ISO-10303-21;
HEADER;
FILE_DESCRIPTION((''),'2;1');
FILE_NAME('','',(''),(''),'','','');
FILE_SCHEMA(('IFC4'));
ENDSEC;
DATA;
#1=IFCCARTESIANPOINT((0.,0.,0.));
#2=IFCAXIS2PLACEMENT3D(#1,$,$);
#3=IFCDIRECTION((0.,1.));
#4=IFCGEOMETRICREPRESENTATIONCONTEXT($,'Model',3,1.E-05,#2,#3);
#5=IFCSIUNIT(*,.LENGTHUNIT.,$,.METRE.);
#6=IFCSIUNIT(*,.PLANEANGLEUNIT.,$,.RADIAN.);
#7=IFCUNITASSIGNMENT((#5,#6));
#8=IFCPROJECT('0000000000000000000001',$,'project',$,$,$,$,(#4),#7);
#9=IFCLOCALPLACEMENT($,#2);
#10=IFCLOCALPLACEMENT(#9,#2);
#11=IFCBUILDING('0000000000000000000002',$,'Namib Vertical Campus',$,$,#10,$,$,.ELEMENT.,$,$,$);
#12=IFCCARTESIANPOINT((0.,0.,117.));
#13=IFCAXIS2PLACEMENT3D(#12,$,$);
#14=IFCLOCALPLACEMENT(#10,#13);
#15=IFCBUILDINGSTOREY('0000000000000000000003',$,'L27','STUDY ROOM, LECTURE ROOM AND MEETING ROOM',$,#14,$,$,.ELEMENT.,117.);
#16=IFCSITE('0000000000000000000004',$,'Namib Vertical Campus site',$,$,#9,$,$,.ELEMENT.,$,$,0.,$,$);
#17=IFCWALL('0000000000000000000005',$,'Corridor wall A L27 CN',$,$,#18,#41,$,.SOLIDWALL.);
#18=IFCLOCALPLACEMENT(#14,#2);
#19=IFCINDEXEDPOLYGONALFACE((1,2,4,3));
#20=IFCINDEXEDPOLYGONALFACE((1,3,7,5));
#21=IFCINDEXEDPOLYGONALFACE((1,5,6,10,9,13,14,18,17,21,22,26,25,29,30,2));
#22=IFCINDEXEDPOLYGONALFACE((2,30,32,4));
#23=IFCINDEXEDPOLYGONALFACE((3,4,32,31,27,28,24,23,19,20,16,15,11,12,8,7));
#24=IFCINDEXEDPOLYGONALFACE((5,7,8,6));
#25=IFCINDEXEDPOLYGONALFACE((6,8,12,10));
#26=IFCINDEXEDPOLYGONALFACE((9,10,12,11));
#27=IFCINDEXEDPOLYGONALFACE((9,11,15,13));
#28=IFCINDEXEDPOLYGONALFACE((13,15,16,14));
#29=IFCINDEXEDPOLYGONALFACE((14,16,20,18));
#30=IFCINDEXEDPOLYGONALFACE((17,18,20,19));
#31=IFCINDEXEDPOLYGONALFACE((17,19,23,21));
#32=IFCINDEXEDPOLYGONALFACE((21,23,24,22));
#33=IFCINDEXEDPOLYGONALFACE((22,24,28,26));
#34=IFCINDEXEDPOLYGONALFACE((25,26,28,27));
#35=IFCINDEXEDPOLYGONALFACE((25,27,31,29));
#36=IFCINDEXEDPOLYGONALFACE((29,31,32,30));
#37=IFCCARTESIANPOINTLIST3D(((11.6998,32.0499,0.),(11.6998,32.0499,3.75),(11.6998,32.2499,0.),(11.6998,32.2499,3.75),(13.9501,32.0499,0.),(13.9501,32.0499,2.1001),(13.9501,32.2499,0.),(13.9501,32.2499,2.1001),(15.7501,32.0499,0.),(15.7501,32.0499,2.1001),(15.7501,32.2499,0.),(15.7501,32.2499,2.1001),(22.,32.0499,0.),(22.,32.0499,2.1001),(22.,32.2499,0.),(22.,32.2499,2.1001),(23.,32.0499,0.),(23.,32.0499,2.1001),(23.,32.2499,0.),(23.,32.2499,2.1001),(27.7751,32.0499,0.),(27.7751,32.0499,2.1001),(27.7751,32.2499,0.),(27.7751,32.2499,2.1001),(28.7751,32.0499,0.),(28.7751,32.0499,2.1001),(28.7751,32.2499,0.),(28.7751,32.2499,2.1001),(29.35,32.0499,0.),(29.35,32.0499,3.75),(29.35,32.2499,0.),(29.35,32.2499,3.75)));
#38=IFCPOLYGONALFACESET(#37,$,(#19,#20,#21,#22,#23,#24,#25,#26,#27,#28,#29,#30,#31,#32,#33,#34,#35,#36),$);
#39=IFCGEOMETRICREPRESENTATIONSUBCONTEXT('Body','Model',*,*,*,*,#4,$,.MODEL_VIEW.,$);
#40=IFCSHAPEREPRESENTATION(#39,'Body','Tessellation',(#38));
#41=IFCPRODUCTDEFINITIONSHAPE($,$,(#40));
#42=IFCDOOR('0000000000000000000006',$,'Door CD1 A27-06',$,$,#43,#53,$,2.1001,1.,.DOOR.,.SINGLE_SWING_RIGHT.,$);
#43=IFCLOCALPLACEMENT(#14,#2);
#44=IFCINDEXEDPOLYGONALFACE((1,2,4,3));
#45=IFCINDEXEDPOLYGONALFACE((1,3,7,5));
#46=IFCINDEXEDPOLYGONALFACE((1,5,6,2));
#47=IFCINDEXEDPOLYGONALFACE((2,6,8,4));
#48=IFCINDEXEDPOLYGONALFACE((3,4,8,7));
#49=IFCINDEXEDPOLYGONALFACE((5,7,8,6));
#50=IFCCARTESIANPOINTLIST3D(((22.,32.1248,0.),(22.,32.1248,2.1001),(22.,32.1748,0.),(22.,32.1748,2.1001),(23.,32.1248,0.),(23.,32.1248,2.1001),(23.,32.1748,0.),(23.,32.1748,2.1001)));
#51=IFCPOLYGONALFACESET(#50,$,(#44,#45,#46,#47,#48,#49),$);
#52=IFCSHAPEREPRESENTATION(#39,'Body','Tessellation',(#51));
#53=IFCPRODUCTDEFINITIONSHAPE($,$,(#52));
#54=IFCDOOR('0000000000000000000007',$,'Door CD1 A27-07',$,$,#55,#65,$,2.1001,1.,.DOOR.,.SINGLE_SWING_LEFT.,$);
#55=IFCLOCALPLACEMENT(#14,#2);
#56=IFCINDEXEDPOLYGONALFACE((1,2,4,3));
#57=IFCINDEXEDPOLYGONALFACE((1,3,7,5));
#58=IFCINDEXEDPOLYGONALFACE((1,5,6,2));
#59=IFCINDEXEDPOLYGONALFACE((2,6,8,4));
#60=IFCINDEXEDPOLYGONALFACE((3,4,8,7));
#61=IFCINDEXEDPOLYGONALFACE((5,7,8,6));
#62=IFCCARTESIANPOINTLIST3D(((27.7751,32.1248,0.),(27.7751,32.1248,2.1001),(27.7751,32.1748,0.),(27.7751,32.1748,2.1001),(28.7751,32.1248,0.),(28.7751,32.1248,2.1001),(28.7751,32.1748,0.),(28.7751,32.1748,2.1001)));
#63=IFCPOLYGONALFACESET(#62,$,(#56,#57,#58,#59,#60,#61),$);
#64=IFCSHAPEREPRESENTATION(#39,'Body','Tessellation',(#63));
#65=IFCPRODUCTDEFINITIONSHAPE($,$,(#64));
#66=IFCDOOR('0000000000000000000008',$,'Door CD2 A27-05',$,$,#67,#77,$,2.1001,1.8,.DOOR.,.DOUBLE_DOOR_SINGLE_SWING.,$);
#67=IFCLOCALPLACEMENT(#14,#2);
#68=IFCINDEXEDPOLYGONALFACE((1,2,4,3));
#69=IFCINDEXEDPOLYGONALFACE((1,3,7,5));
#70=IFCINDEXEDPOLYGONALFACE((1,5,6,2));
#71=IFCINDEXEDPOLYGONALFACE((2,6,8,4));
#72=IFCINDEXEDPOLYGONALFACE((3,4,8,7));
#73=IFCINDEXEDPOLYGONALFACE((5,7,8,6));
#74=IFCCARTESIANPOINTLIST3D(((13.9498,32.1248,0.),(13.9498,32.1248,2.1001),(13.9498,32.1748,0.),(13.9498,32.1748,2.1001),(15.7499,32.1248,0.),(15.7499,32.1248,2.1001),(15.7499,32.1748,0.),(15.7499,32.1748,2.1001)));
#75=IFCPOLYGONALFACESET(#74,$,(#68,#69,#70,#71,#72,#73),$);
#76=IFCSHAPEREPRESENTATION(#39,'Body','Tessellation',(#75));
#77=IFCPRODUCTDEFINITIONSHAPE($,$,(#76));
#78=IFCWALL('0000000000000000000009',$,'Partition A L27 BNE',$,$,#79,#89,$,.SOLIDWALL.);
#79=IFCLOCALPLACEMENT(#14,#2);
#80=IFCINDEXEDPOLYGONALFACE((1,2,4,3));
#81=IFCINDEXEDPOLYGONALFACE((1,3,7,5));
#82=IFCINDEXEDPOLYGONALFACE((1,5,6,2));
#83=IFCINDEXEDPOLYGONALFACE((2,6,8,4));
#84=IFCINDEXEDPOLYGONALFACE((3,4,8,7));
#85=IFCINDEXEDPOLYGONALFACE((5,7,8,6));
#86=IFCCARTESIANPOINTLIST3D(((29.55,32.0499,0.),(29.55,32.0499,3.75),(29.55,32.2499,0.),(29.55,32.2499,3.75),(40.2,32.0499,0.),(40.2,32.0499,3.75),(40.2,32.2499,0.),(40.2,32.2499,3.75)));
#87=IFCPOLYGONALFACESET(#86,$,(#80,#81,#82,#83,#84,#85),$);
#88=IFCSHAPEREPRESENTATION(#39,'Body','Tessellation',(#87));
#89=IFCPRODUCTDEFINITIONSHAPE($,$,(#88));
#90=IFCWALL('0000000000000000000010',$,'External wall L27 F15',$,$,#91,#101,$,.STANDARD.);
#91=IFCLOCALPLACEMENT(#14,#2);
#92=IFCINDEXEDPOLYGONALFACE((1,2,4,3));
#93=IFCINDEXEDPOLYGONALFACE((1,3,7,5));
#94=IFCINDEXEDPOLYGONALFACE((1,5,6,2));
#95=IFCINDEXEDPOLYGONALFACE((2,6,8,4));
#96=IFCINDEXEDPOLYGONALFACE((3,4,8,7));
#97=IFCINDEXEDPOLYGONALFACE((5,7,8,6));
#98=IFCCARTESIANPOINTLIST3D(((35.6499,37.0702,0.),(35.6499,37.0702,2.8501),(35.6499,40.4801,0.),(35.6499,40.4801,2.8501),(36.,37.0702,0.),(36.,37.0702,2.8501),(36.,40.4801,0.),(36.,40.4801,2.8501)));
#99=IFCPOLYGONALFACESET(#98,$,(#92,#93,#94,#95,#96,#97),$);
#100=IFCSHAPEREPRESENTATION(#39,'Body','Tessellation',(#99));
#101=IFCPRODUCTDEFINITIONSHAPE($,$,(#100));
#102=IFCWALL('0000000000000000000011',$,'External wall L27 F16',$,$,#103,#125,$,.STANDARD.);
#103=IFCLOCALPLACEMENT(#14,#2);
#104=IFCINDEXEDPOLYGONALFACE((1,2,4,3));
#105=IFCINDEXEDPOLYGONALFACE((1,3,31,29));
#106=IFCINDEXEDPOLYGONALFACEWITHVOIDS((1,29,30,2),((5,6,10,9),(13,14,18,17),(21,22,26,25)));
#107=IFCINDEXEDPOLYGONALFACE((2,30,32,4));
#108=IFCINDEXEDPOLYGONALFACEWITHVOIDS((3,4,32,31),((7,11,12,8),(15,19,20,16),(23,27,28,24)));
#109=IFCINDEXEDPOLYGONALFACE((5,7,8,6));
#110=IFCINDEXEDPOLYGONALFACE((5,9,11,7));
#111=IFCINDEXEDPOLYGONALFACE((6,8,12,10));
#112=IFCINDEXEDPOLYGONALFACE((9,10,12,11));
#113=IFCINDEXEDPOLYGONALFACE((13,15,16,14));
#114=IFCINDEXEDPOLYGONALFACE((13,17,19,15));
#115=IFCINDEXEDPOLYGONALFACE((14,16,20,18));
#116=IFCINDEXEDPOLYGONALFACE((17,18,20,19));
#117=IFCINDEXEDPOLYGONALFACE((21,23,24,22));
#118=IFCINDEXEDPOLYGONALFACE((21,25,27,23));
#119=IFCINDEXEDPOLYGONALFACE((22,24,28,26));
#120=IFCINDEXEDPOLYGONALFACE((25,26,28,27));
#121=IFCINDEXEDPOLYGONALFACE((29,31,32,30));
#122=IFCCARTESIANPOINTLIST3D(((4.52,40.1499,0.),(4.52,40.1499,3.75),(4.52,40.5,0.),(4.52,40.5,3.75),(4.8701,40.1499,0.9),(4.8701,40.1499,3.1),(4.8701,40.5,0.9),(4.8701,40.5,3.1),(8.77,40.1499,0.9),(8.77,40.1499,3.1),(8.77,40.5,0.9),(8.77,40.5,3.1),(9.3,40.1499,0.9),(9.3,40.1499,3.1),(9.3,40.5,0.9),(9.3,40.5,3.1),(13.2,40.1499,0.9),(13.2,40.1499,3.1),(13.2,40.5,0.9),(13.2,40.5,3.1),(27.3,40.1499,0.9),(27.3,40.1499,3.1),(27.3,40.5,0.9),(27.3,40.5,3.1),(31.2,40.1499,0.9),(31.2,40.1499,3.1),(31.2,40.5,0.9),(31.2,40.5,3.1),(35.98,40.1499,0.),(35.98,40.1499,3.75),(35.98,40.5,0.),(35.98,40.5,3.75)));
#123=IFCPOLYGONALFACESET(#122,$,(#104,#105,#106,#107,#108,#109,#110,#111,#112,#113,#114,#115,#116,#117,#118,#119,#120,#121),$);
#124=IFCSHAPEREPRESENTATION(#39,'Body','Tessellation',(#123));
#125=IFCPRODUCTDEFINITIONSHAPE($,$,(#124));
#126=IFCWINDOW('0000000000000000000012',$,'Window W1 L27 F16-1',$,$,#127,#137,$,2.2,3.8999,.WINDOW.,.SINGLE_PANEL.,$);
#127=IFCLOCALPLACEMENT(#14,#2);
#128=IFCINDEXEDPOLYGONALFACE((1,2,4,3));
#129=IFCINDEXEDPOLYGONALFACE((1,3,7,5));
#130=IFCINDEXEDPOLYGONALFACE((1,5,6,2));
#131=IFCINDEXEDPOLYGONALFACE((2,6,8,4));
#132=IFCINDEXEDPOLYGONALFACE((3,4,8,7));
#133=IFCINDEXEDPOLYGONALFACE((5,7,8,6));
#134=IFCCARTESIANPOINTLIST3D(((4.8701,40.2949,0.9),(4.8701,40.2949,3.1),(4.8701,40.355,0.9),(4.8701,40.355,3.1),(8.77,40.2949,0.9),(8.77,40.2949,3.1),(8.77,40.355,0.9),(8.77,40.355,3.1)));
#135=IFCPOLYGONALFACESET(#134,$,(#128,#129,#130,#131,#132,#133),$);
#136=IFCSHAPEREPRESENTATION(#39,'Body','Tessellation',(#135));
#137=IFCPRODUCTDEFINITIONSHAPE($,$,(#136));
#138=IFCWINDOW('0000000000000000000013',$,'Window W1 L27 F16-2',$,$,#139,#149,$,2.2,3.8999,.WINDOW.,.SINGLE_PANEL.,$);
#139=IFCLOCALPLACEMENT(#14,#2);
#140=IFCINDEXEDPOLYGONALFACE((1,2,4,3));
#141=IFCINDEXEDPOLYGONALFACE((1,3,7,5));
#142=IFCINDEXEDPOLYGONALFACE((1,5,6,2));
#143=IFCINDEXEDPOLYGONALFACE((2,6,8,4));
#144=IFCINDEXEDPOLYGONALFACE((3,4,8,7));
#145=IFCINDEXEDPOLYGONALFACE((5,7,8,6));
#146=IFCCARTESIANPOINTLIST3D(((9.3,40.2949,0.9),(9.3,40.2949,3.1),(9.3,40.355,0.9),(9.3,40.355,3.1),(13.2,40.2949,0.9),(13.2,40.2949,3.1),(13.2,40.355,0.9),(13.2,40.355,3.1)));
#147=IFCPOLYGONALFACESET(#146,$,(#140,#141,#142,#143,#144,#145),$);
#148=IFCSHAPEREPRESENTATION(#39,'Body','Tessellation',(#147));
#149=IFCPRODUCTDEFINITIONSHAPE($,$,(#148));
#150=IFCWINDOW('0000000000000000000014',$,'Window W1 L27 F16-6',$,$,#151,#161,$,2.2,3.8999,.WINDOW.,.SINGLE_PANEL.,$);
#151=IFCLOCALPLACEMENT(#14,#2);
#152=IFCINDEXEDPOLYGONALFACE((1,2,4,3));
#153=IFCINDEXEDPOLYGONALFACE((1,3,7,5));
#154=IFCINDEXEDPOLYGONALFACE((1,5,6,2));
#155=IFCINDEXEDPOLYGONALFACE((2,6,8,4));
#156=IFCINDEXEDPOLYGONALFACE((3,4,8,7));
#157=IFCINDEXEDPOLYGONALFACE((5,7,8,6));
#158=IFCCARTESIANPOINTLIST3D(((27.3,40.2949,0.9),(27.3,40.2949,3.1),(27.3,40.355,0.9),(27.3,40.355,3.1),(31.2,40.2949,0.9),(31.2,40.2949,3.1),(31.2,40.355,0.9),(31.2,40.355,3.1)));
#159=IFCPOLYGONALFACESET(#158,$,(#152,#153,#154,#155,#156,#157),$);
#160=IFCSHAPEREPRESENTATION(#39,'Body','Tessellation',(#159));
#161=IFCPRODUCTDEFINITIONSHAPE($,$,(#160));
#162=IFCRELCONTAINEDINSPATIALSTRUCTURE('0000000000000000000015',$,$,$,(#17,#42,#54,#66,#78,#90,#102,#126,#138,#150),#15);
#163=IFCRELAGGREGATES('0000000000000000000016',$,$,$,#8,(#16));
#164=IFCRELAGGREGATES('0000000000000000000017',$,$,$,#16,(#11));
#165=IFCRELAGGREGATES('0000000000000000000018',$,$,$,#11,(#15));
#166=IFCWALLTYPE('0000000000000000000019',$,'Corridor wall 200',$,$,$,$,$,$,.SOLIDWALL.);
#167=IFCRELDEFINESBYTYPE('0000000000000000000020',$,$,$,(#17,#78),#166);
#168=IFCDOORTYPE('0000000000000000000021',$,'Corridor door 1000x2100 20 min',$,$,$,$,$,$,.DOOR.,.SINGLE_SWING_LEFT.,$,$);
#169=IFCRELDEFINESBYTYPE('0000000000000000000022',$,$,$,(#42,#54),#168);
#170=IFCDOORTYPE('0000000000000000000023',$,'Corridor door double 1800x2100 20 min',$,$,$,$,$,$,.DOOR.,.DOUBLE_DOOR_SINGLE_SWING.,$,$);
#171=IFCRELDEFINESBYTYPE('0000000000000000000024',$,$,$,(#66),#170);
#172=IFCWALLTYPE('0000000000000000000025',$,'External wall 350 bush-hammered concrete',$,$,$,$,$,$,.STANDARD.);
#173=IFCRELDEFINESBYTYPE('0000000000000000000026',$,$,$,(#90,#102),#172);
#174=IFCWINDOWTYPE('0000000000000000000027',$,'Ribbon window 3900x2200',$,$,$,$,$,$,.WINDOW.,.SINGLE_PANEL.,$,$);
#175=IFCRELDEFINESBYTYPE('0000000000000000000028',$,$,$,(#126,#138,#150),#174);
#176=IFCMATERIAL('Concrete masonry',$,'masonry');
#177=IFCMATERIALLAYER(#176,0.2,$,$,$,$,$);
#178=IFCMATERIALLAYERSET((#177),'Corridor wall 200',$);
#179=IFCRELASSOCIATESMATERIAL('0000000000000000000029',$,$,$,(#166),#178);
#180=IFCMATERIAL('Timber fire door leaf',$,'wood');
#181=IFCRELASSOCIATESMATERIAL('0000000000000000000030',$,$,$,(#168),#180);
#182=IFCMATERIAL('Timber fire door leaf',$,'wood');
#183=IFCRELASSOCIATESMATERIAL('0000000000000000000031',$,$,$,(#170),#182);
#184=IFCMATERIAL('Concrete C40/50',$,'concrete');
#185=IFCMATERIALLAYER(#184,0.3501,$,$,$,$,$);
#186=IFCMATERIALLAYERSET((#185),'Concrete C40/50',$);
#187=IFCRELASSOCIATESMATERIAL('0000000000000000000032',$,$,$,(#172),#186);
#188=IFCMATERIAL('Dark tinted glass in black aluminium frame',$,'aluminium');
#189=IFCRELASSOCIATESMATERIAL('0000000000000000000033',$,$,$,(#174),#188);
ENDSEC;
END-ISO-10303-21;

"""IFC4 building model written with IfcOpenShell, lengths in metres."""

from ifc_helpers import new_model, si_unit, direction, frame, frame_2d, origin, place, context, subcontext, project, spatial, rectangle, extrude, material, layer, layer_set, type_object, element, fill, save


model = new_model("IFC4")

# Units and contexts
model_context = context("Model", 3, precision=1e-05, world=origin(), true_north=direction((0.0, 1.0)))
body_context = subcontext(model_context, "Body", "Model", "MODEL_VIEW")
ifc_project = project(units=[si_unit("LENGTHUNIT", "METRE"), si_unit("PLANEANGLEUNIT", "RADIAN")], contexts=[model_context])

# Site, building, storey
site_placement = place(None, origin())
site = spatial("IfcSite", under=ifc_project, at=site_placement, Name="Namib Vertical Campus site", CompositionType="ELEMENT", RefElevation=0.0)
building_placement = place(site_placement, origin())
building = spatial("IfcBuilding", under=site, at=building_placement, Name="Namib Vertical Campus", CompositionType="ELEMENT")
storey_placement = place(building_placement, frame((0.0, 0.0, 117.0)))
storey = spatial("IfcBuildingStorey", under=building, at=storey_placement, Name="L27", Description="STUDY ROOM, LECTURE ROOM AND MEETING ROOM", CompositionType="ELEMENT", Elevation=117.0)

# Wall, openings, doors
ifc_material_1 = material(Name="Concrete masonry", Category="masonry")
ifc_layer_1 = layer(ifc_material_1, 0.2)
ifc_layer_set_1 = layer_set([ifc_layer_1], Name="Corridor wall 200")
wall_type_1 = type_object("IfcWallType", Name="Corridor wall 200", PredefinedType="SOLIDWALL", material=ifc_layer_set_1)
wall_1_placement = place(storey_placement, frame((29.3501, 32.1499, 0.0), z_axis=(0.0, 0.0, 1.0), x_axis=(-1.0, 0.0, 0.0)))
wall_1 = element("IfcWall", 1, at=wall_1_placement, inside=storey, type_object=wall_type_1, Name="Corridor wall A L27 CN", PredefinedType="SOLIDWALL", context=body_context, shape_type="SweptSolid", body=[
    extrude(rectangle(XDim=17.6501, YDim=0.2, at=frame_2d((8.8252, 0.0))), origin(), (0.0, 0.0, 1.0), 3.75),
])
opening_1_placement = place(wall_1_placement, frame((13.6001, 0.0, 0.0)))
opening_1 = element("IfcOpeningElement", 2, at=opening_1_placement, cuts=wall_1, PredefinedType="OPENING", context=body_context, shape_type="SweptSolid", body=[
    extrude(rectangle(XDim=1.8, YDim=2.1001, at=frame_2d((0.8999, 1.05))), frame((0.0, 0.1099, 0.0), z_axis=(0.0, -1.0, 0.0), x_axis=(1.0, 0.0, 0.0)), (0.0, 0.0, 1.0), 0.22),
])
opening_2_placement = place(wall_1_placement, frame((6.3501, 0.0, 0.0)))
opening_2 = element("IfcOpeningElement", 3, at=opening_2_placement, cuts=wall_1, PredefinedType="OPENING", context=body_context, shape_type="SweptSolid", body=[
    extrude(rectangle(XDim=1.0, YDim=2.1001, at=frame_2d((0.5, 1.05))), frame((0.0, 0.1099, 0.0), z_axis=(0.0, -1.0, 0.0), x_axis=(1.0, 0.0, 0.0)), (0.0, 0.0, 1.0), 0.22),
])
opening_3_placement = place(wall_1_placement, frame((0.575, 0.0, 0.0)))
opening_3 = element("IfcOpeningElement", 4, at=opening_3_placement, cuts=wall_1, PredefinedType="OPENING", context=body_context, shape_type="SweptSolid", body=[
    extrude(rectangle(XDim=1.0, YDim=2.1001, at=frame_2d((0.5, 1.05))), frame((0.0, 0.1099, 0.0), z_axis=(0.0, -1.0, 0.0), x_axis=(1.0, 0.0, 0.0)), (0.0, 0.0, 1.0), 0.22),
])
ifc_material_2 = material(Name="Timber fire door leaf", Category="wood")
door_type_1 = type_object("IfcDoorType", Name="Corridor door 1000x2100 20 min", OperationType="SINGLE_SWING_LEFT", PredefinedType="DOOR", material=ifc_material_2)
door_1_placement = place(opening_2_placement, frame((1.0, 0.0, 0.0), z_axis=(0.0, 0.0, 1.0), x_axis=(-1.0, 0.0, 0.0)))
door_1 = element("IfcDoor", 5, at=door_1_placement, inside=storey, type_object=door_type_1, Name="Door CD1 A27-06", OperationType="SINGLE_SWING_RIGHT", OverallHeight=2.1001, OverallWidth=1.0, PredefinedType="DOOR", context=body_context, shape_type="SweptSolid", body=[
    extrude(rectangle(XDim=1.0, YDim=2.1001, at=frame_2d((0.5, 1.05))), frame((0.0, 0.0249, 0.0), z_axis=(0.0, -1.0, 0.0), x_axis=(1.0, 0.0, 0.0)), (0.0, 0.0, 1.0), 0.05),
])
fill(opening_2, door_1)
door_2_placement = place(opening_3_placement, frame((1.0, 0.0, 0.0), z_axis=(0.0, 0.0, 1.0), x_axis=(-1.0, 0.0, 0.0)))
door_2 = element("IfcDoor", 6, at=door_2_placement, inside=storey, type_object=door_type_1, Name="Door CD1 A27-07", OperationType="SINGLE_SWING_LEFT", OverallHeight=2.1001, OverallWidth=1.0, PredefinedType="DOOR", context=body_context, shape_type="SweptSolid", body=[
    extrude(rectangle(XDim=1.0, YDim=2.1001, at=frame_2d((0.5, 1.05))), frame((0.0, 0.0249, 0.0), z_axis=(0.0, -1.0, 0.0), x_axis=(1.0, 0.0, 0.0)), (0.0, 0.0, 1.0), 0.05),
])
fill(opening_3, door_2)
ifc_material_3 = material(Name="Timber fire door leaf", Category="wood")
door_type_2 = type_object("IfcDoorType", Name="Corridor door double 1800x2100 20 min", OperationType="DOUBLE_DOOR_SINGLE_SWING", PredefinedType="DOOR", material=ifc_material_3)
door_3_placement = place(opening_1_placement, frame((1.8, 0.0, 0.0), z_axis=(0.0, 0.0, 1.0), x_axis=(-1.0, 0.0, 0.0)))
door_3 = element("IfcDoor", 7, at=door_3_placement, inside=storey, type_object=door_type_2, Name="Door CD2 A27-05", OperationType="DOUBLE_DOOR_SINGLE_SWING", OverallHeight=2.1001, OverallWidth=1.8, PredefinedType="DOOR", context=body_context, shape_type="SweptSolid", body=[
    extrude(rectangle(XDim=1.8, YDim=2.1001, at=frame_2d((0.8999, 1.05))), frame((0.0, 0.0249, 0.0), z_axis=(0.0, -1.0, 0.0), x_axis=(1.0, 0.0, 0.0)), (0.0, 0.0, 1.0), 0.05),
])
fill(opening_1, door_3)

# Walls
wall_2_placement = place(storey_placement, frame((29.55, 32.1499, 0.0), z_axis=(0.0, 0.0, 1.0), x_axis=(1.0, 0.0, 0.0)))
element("IfcWall", 8, at=wall_2_placement, inside=storey, type_object=wall_type_1, Name="Partition A L27 BNE", PredefinedType="SOLIDWALL", context=body_context, shape_type="SweptSolid", body=[
    extrude(rectangle(XDim=10.6499, YDim=0.2, at=frame_2d((5.325, 0.0))), origin(), (0.0, 0.0, 1.0), 3.75),
])
ifc_material_4 = material(Name="Concrete C40/50", Category="concrete")
ifc_layer_2 = layer(ifc_material_4, 0.3501)
ifc_layer_set_2 = layer_set([ifc_layer_2], Name="Concrete C40/50")
wall_type_2 = type_object("IfcWallType", Name="External wall 350 bush-hammered concrete", PredefinedType="STANDARD", material=ifc_layer_set_2)
wall_3_placement = place(storey_placement, frame((35.825, 37.0701, 0.0), z_axis=(0.0, 0.0, 1.0), x_axis=(0.0, 1.0, 0.0)))
element("IfcWall", 9, at=wall_3_placement, inside=storey, type_object=wall_type_2, Name="External wall L27 F15", PredefinedType="STANDARD", context=body_context, shape_type="SweptSolid", body=[
    extrude(rectangle(XDim=3.4099, YDim=0.3501, at=frame_2d((1.7051, 0.0))), origin(), (0.0, 0.0, 1.0), 2.8501),
])

# Wall, openings, windows
wall_4_placement = place(storey_placement, frame((35.98, 40.325, 0.0), z_axis=(0.0, 0.0, 1.0), x_axis=(-1.0, 0.0, 0.0)))
wall_4 = element("IfcWall", 10, at=wall_4_placement, inside=storey, type_object=wall_type_2, Name="External wall L27 F16", PredefinedType="STANDARD", context=body_context, shape_type="SweptSolid", body=[
    extrude(rectangle(XDim=31.46, YDim=0.3501, at=frame_2d((15.73, 0.0))), origin(), (0.0, 0.0, 1.0), 3.75),
])
opening_4_placement = place(wall_4_placement, frame((27.21, 0.0, 0.8999)))
opening_4 = element("IfcOpeningElement", 11, at=opening_4_placement, cuts=wall_4, PredefinedType="OPENING", context=body_context, shape_type="SweptSolid", body=[
    extrude(rectangle(XDim=3.8999, YDim=2.2, at=frame_2d((1.95, 1.1001))), frame((0.0, 0.1851, 0.0), z_axis=(0.0, -1.0, 0.0), x_axis=(1.0, 0.0, 0.0)), (0.0, 0.0, 1.0), 0.3701),
])
opening_5_placement = place(wall_4_placement, frame((22.78, 0.0, 0.8999)))
opening_5 = element("IfcOpeningElement", 12, at=opening_5_placement, cuts=wall_4, PredefinedType="OPENING", context=body_context, shape_type="SweptSolid", body=[
    extrude(rectangle(XDim=3.8999, YDim=2.2, at=frame_2d((1.95, 1.1001))), frame((0.0, 0.1851, 0.0), z_axis=(0.0, -1.0, 0.0), x_axis=(1.0, 0.0, 0.0)), (0.0, 0.0, 1.0), 0.3701),
])
opening_6_placement = place(wall_4_placement, frame((4.78, 0.0, 0.8999)))
opening_6 = element("IfcOpeningElement", 13, at=opening_6_placement, cuts=wall_4, PredefinedType="OPENING", context=body_context, shape_type="SweptSolid", body=[
    extrude(rectangle(XDim=3.8999, YDim=2.2, at=frame_2d((1.95, 1.1001))), frame((0.0, 0.1851, 0.0), z_axis=(0.0, -1.0, 0.0), x_axis=(1.0, 0.0, 0.0)), (0.0, 0.0, 1.0), 0.3701),
])
ifc_material_5 = material(Name="Dark tinted glass in black aluminium frame", Category="aluminium")
window_type = type_object("IfcWindowType", Name="Ribbon window 3900x2200", PartitioningType="SINGLE_PANEL", PredefinedType="WINDOW", material=ifc_material_5)
window_1_placement = place(opening_4_placement, origin())
window_1 = element("IfcWindow", 14, at=window_1_placement, inside=storey, type_object=window_type, Name="Window W1 L27 F16-1", OverallHeight=2.2, OverallWidth=3.8999, PartitioningType="SINGLE_PANEL", PredefinedType="WINDOW", context=body_context, shape_type="SweptSolid", body=[
    extrude(rectangle(XDim=3.8999, YDim=2.2, at=frame_2d((1.95, 1.1001))), frame((0.0, 0.03, 0.0), z_axis=(0.0, -1.0, 0.0), x_axis=(1.0, 0.0, 0.0)), (0.0, 0.0, 1.0), 0.0601),
])
fill(opening_4, window_1)
window_2_placement = place(opening_5_placement, origin())
window_2 = element("IfcWindow", 15, at=window_2_placement, inside=storey, type_object=window_type, Name="Window W1 L27 F16-2", OverallHeight=2.2, OverallWidth=3.8999, PartitioningType="SINGLE_PANEL", PredefinedType="WINDOW", context=body_context, shape_type="SweptSolid", body=[
    extrude(rectangle(XDim=3.8999, YDim=2.2, at=frame_2d((1.95, 1.1001))), frame((0.0, 0.03, 0.0), z_axis=(0.0, -1.0, 0.0), x_axis=(1.0, 0.0, 0.0)), (0.0, 0.0, 1.0), 0.0601),
])
fill(opening_5, window_2)
window_3_placement = place(opening_6_placement, origin())
window_3 = element("IfcWindow", 16, at=window_3_placement, inside=storey, type_object=window_type, Name="Window W1 L27 F16-6", OverallHeight=2.2, OverallWidth=3.8999, PartitioningType="SINGLE_PANEL", PredefinedType="WINDOW", context=body_context, shape_type="SweptSolid", body=[
    extrude(rectangle(XDim=3.8999, YDim=2.2, at=frame_2d((1.95, 1.1001))), frame((0.0, 0.03, 0.0), z_axis=(0.0, -1.0, 0.0), x_axis=(1.0, 0.0, 0.0)), (0.0, 0.0, 1.0), 0.0601),
])
fill(opening_6, window_3)

save(model, "model.ifc")
